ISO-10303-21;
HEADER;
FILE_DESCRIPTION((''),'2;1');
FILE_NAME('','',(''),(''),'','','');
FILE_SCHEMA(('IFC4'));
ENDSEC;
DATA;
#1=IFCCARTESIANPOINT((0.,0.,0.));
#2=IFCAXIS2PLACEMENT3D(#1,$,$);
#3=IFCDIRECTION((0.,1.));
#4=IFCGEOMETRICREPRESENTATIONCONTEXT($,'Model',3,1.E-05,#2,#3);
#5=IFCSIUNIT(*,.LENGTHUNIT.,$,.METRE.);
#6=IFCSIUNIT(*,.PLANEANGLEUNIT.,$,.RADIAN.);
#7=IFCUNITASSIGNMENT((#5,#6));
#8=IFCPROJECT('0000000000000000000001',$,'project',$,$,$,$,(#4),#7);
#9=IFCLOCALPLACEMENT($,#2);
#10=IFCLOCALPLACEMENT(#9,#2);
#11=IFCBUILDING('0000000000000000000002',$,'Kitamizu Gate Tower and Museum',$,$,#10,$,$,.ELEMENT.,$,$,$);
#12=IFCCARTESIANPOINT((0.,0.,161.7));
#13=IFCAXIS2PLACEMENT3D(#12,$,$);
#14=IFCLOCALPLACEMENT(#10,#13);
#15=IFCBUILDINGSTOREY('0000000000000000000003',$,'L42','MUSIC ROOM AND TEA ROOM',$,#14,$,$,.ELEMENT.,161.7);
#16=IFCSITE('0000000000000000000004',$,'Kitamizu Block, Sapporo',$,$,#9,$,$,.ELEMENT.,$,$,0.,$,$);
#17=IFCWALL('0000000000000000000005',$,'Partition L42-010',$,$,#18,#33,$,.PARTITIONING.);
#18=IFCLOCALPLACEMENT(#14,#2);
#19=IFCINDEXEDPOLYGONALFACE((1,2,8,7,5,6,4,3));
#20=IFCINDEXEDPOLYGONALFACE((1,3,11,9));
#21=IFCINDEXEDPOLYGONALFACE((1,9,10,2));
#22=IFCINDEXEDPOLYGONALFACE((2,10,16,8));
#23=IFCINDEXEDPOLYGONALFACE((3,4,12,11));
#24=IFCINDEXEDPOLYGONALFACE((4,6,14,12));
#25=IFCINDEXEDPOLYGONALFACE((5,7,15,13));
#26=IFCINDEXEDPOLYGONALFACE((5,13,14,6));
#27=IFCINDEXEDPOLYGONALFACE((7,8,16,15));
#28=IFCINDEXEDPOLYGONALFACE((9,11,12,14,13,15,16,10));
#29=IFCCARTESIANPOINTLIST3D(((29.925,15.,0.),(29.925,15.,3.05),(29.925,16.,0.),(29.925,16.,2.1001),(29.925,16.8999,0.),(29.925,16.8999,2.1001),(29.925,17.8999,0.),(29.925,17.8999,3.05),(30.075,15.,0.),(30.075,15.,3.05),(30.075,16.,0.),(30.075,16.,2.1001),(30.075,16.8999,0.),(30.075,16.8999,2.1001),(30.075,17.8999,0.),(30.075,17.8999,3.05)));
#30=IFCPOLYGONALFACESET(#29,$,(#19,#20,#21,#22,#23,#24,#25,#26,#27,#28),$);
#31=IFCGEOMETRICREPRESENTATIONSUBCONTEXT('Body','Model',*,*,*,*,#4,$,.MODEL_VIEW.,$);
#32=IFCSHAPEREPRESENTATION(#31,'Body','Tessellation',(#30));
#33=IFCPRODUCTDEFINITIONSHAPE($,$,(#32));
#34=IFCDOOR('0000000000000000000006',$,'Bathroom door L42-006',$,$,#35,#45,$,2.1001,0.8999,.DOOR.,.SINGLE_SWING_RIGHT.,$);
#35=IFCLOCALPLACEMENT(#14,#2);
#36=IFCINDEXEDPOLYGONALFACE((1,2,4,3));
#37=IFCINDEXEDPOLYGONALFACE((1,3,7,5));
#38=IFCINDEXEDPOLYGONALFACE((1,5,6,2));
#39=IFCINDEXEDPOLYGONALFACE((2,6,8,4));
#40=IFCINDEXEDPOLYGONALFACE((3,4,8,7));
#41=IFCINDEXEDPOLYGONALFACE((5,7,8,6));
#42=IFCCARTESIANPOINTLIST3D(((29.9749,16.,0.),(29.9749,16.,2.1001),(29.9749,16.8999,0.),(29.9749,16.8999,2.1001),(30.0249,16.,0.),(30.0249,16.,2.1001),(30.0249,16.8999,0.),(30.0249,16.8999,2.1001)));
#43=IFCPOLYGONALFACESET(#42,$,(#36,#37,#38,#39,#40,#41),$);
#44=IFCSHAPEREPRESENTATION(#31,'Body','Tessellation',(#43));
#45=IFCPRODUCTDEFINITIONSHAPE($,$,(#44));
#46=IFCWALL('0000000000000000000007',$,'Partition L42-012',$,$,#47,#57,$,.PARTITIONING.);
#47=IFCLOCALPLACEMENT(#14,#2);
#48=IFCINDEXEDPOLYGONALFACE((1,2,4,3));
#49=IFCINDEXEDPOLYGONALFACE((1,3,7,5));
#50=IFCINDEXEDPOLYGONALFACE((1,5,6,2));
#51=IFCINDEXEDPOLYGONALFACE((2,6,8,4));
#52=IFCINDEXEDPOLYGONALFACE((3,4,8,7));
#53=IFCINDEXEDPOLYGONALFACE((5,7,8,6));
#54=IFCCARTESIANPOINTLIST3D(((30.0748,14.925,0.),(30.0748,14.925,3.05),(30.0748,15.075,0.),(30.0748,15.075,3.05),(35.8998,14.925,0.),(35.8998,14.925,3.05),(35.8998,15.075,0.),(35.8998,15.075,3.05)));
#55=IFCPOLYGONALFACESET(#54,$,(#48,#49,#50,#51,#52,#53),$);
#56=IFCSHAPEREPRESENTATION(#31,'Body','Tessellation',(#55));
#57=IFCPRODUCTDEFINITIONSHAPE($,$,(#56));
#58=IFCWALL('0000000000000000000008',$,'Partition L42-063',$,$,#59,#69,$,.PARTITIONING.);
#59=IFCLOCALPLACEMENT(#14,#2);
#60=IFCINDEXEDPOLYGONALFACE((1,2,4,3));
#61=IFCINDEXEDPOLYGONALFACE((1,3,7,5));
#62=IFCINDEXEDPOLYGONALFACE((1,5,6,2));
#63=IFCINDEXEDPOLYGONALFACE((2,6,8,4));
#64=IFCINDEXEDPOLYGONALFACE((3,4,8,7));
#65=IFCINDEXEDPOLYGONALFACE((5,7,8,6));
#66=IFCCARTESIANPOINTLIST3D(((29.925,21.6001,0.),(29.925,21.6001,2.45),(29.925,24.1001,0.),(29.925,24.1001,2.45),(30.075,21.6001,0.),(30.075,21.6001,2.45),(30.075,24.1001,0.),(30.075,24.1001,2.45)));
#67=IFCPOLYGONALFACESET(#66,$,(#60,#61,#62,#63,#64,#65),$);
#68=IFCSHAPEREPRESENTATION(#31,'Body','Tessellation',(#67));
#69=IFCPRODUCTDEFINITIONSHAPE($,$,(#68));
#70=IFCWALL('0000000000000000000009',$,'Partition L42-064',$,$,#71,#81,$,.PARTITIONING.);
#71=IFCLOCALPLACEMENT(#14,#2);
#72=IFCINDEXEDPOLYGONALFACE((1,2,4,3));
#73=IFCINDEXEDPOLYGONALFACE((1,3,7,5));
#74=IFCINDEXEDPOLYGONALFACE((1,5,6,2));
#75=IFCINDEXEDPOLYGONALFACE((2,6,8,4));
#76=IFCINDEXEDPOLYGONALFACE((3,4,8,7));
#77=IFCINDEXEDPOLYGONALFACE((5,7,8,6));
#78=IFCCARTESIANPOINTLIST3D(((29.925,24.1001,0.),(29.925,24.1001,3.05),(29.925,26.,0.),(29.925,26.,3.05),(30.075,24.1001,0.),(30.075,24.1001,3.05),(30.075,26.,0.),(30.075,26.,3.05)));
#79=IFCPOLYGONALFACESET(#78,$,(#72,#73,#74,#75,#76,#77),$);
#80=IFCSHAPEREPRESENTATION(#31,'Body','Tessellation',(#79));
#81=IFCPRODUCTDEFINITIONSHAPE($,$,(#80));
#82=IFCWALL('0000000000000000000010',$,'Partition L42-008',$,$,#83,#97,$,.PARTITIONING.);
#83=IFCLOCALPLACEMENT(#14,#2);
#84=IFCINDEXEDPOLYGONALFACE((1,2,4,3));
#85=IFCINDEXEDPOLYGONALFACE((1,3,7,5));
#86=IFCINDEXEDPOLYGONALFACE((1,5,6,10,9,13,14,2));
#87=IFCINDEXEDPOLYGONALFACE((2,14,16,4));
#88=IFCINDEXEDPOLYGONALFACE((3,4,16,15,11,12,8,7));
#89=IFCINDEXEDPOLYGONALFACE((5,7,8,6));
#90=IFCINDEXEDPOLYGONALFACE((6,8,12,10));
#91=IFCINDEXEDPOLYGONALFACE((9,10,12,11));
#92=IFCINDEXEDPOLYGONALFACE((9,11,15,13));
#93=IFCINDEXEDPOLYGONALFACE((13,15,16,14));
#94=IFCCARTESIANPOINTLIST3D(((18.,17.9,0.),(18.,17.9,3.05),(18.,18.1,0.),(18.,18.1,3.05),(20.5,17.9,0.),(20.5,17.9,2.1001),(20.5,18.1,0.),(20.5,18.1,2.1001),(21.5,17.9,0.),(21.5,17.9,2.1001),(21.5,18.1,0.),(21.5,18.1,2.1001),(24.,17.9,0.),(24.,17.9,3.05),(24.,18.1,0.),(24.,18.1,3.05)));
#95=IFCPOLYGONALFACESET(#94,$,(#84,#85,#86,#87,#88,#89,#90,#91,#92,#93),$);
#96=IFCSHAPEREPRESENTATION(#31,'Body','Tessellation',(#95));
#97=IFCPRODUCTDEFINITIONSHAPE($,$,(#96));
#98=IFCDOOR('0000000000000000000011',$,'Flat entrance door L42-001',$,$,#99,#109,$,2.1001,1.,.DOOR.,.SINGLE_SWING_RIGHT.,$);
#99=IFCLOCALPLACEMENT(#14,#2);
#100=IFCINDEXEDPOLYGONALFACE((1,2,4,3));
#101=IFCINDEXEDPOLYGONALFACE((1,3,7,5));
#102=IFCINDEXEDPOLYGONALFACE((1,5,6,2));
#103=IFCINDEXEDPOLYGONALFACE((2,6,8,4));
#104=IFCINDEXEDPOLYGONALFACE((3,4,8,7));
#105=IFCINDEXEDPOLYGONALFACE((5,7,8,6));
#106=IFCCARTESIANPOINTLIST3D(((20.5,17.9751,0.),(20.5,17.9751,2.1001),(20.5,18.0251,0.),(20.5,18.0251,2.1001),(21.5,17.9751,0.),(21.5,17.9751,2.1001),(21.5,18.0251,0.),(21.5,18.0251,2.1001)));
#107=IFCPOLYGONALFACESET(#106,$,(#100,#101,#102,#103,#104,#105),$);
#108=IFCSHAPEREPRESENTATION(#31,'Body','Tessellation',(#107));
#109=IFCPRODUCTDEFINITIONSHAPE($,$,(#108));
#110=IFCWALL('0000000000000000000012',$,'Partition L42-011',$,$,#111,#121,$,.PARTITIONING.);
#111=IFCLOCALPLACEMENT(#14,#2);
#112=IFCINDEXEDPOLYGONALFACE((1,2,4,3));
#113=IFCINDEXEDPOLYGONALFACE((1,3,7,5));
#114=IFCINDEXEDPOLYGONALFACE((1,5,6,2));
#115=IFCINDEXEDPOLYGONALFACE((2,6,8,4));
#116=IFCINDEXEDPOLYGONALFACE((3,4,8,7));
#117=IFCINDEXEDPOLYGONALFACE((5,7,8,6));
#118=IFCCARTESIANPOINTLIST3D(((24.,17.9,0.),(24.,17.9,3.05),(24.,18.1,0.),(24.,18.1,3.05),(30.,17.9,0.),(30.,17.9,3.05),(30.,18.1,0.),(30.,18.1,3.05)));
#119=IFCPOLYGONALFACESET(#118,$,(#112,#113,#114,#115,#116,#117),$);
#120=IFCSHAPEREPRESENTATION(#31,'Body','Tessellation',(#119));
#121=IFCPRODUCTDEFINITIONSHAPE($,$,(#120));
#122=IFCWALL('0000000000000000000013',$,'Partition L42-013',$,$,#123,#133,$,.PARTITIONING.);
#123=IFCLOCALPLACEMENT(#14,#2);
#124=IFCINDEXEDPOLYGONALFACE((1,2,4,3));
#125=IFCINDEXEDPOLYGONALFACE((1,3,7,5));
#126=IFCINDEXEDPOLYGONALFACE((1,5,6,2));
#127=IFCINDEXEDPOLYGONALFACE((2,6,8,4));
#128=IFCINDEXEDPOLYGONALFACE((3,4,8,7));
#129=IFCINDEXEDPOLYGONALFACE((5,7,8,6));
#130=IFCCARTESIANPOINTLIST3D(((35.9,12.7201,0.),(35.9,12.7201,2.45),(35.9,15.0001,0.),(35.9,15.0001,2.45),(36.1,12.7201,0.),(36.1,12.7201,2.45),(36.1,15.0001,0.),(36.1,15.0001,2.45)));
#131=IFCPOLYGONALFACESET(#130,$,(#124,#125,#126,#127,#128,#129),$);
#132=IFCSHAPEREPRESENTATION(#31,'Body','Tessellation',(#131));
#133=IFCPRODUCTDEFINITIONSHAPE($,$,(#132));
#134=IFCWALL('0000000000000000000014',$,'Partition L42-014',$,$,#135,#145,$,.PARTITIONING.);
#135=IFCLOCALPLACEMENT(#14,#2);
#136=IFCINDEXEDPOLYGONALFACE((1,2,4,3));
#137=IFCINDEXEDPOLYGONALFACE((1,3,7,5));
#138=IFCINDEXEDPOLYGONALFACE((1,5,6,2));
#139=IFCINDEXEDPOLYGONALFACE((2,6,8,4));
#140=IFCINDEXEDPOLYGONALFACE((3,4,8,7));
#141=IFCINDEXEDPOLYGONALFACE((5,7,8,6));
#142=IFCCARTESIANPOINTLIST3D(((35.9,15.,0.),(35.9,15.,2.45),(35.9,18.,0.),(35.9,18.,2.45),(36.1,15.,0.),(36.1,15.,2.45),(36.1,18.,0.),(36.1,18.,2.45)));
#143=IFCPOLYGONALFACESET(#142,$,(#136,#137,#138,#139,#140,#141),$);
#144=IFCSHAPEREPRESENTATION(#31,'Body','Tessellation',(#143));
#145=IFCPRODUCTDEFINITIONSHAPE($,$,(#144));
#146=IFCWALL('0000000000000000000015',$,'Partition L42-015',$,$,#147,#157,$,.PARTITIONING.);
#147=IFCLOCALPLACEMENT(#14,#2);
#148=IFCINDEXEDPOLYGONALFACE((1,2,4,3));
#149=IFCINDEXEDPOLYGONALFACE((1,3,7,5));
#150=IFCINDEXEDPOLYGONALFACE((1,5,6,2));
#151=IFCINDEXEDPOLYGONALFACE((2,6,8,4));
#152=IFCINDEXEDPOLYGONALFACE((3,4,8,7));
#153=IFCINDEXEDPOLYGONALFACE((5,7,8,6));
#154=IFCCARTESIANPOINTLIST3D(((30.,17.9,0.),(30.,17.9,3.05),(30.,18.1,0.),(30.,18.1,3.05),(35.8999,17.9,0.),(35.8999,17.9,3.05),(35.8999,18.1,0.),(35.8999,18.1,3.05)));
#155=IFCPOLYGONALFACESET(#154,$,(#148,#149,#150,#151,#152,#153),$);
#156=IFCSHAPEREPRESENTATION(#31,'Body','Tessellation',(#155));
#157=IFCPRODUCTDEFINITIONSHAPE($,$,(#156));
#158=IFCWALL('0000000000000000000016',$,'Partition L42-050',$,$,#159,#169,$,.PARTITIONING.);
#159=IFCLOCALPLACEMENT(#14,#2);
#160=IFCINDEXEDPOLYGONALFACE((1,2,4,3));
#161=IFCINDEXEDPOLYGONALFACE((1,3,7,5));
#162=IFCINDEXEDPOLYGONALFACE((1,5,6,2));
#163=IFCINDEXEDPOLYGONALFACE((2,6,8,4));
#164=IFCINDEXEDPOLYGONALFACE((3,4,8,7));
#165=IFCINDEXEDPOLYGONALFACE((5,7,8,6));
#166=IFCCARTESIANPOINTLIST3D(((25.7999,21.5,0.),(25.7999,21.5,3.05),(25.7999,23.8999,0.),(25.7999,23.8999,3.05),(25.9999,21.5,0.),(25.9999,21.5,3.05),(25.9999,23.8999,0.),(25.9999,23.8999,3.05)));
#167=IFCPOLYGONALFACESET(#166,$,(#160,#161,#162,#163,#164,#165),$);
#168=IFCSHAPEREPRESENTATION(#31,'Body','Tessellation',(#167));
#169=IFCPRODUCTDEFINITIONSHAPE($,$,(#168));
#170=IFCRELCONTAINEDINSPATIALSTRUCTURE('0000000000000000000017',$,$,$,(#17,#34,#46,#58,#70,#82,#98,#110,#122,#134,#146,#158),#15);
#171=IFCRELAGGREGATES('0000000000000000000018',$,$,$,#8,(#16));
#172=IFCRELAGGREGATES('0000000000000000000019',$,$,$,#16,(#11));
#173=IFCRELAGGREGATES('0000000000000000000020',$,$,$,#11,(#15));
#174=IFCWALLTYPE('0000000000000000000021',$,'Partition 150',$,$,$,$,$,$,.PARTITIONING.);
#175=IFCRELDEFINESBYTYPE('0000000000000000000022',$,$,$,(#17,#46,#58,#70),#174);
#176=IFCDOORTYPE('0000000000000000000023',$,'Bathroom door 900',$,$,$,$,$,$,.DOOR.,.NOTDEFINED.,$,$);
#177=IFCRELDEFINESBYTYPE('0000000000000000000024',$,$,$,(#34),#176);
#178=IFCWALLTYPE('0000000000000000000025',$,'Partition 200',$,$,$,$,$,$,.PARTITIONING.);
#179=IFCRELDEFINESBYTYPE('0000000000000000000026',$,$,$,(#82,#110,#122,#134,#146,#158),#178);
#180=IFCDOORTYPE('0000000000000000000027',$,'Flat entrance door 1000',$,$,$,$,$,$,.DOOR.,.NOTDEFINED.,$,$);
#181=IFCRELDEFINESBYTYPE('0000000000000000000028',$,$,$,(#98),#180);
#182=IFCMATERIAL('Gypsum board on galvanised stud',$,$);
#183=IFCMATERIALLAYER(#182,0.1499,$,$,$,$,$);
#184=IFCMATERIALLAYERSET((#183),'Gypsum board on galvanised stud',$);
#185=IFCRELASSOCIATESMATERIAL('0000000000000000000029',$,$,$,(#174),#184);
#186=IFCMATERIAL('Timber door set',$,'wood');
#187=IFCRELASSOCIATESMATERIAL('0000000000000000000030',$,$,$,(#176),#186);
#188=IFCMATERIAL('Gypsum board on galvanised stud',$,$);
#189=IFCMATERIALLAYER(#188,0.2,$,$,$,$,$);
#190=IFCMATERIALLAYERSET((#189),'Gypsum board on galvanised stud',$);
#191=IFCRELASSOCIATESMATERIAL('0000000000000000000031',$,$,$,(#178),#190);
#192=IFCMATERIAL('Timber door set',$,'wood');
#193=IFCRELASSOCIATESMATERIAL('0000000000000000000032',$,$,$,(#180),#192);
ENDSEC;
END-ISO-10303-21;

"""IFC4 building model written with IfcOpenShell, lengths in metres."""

from ifc_helpers import new_model, si_unit, direction, frame, frame_2d, origin, place, context, subcontext, project, spatial, rectangle, extrude, material, layer, layer_set, type_object, element, fill, save


model = new_model("IFC4")

# Units and contexts
model_context = context("Model", 3, precision=1e-05, world=origin(), true_north=direction((0.0, 1.0)))
body_context = subcontext(model_context, "Body", "Model", "MODEL_VIEW")
ifc_project = project(units=[si_unit("LENGTHUNIT", "METRE"), si_unit("PLANEANGLEUNIT", "RADIAN")], contexts=[model_context])

# Site, building, storey
site_placement = place(None, origin())
site = spatial("IfcSite", under=ifc_project, at=site_placement, Name="Kitamizu Block, Sapporo", CompositionType="ELEMENT", RefElevation=0.0)
building_placement = place(site_placement, origin())
building = spatial("IfcBuilding", under=site, at=building_placement, Name="Kitamizu Gate Tower and Museum", CompositionType="ELEMENT")
storey_placement = place(building_placement, frame((0.0, 0.0, 161.7)))
storey = spatial("IfcBuildingStorey", under=building, at=storey_placement, Name="L42", Description="MUSIC ROOM AND TEA ROOM", CompositionType="ELEMENT", Elevation=161.7)

# Wall, opening, door
ifc_material_1 = material(Name="Gypsum board on galvanised stud")
ifc_layer_1 = layer(ifc_material_1, 0.1499)
ifc_layer_set_1 = layer_set([ifc_layer_1], Name="Gypsum board on galvanised stud")
wall_type_1 = type_object("IfcWallType", Name="Partition 150", PredefinedType="PARTITIONING", material=ifc_layer_set_1)
ifc_material_2 = material(Name="Timber door set", Category="wood")
door_type_1 = type_object("IfcDoorType", Name="Bathroom door 900", OperationType="NOTDEFINED", PredefinedType="DOOR", material=ifc_material_2)
wall_1_placement = place(storey_placement, frame((30.0, 15.0, 0.0), z_axis=(0.0, 0.0, 1.0), x_axis=(0.0, 1.0, 0.0)))
wall_1 = element("IfcWall", 1, at=wall_1_placement, inside=storey, type_object=wall_type_1, Name="Partition L42-010", PredefinedType="PARTITIONING", context=body_context, shape_type="SweptSolid", body=[
    extrude(rectangle(XDim=2.8999, YDim=0.1499, at=frame_2d((1.45, 0.0))), origin(), (0.0, 0.0, 1.0), 3.05),
])
opening_1_placement = place(wall_1_placement, frame((1.0, 0.0, 0.0)))
opening_1 = element("IfcOpeningElement", 2, at=opening_1_placement, cuts=wall_1, PredefinedType="OPENING", context=body_context, shape_type="SweptSolid", body=[
    extrude(rectangle(XDim=0.8999, YDim=2.1001, at=frame_2d((0.45, 1.05))), frame((0.0, 0.085, 0.0), z_axis=(0.0, -1.0, 0.0), x_axis=(1.0, 0.0, 0.0)), (0.0, 0.0, 1.0), 0.1699),
])
door_1_placement = place(opening_1_placement, frame((0.8999, 0.0, 0.0), x_axis=(-1.0, 0.0, 0.0)))
door_1 = element("IfcDoor", 3, at=door_1_placement, inside=storey, type_object=door_type_1, Name="Bathroom door L42-006", OperationType="SINGLE_SWING_RIGHT", OverallHeight=2.1001, OverallWidth=0.8999, PredefinedType="DOOR", context=body_context, shape_type="SweptSolid", body=[
    extrude(rectangle(XDim=0.8999, YDim=2.1001, at=frame_2d((0.45, 1.05))), frame((0.0, 0.0249, 0.0), z_axis=(0.0, -1.0, 0.0), x_axis=(1.0, 0.0, 0.0)), (0.0, 0.0, 1.0), 0.05),
])
fill(opening_1, door_1)

# Walls
wall_2_placement = place(storey_placement, frame((35.8999, 15.0, 0.0), z_axis=(0.0, 0.0, 1.0), x_axis=(-1.0, 0.0, 0.0)))
element("IfcWall", 4, at=wall_2_placement, inside=storey, type_object=wall_type_1, Name="Partition L42-012", PredefinedType="PARTITIONING", context=body_context, shape_type="SweptSolid", body=[
    extrude(rectangle(XDim=5.825, YDim=0.1499, at=frame_2d((2.9126, 0.0))), origin(), (0.0, 0.0, 1.0), 3.05),
])
wall_3_placement = place(storey_placement, frame((30.0, 21.6001, 0.0), z_axis=(0.0, 0.0, 1.0), x_axis=(0.0, 1.0, 0.0)))
element("IfcWall", 5, at=wall_3_placement, inside=storey, type_object=wall_type_1, Name="Partition L42-063", PredefinedType="PARTITIONING", context=body_context, shape_type="SweptSolid", body=[
    extrude(rectangle(XDim=2.5, YDim=0.1499, at=frame_2d((1.25, 0.0))), origin(), (0.0, 0.0, 1.0), 2.45),
])
wall_4_placement = place(storey_placement, frame((30.0, 24.1001, 0.0), z_axis=(0.0, 0.0, 1.0), x_axis=(0.0, 1.0, 0.0)))
element("IfcWall", 6, at=wall_4_placement, inside=storey, type_object=wall_type_1, Name="Partition L42-064", PredefinedType="PARTITIONING", context=body_context, shape_type="SweptSolid", body=[
    extrude(rectangle(XDim=1.8999, YDim=0.1499, at=frame_2d((0.95, 0.0))), origin(), (0.0, 0.0, 1.0), 3.05),
])

# Wall, opening, door
ifc_material_3 = material(Name="Gypsum board on galvanised stud")
ifc_layer_2 = layer(ifc_material_3, 0.2)
ifc_layer_set_2 = layer_set([ifc_layer_2], Name="Gypsum board on galvanised stud")
wall_type_2 = type_object("IfcWallType", Name="Partition 200", PredefinedType="PARTITIONING", material=ifc_layer_set_2)
wall_5_placement = place(storey_placement, frame((24.0, 18.0, 0.0), z_axis=(0.0, 0.0, 1.0), x_axis=(-1.0, 0.0, 0.0)))
wall_5 = element("IfcWall", 7, at=wall_5_placement, inside=storey, type_object=wall_type_2, Name="Partition L42-008", PredefinedType="PARTITIONING", context=body_context, shape_type="SweptSolid", body=[
    extrude(rectangle(XDim=6.0, YDim=0.2, at=frame_2d((3.0, 0.0))), origin(), (0.0, 0.0, 1.0), 3.05),
])
opening_2_placement = place(wall_5_placement, frame((2.5, 0.0, 0.0)))
opening_2 = element("IfcOpeningElement", 8, at=opening_2_placement, cuts=wall_5, PredefinedType="OPENING", context=body_context, shape_type="SweptSolid", body=[
    extrude(rectangle(XDim=1.0, YDim=2.1001, at=frame_2d((0.5, 1.05))), frame((0.0, 0.1099, 0.0), z_axis=(0.0, -1.0, 0.0), x_axis=(1.0, 0.0, 0.0)), (0.0, 0.0, 1.0), 0.22),
])
ifc_material_4 = material(Name="Timber door set", Category="wood")
door_type_2 = type_object("IfcDoorType", Name="Flat entrance door 1000", OperationType="NOTDEFINED", PredefinedType="DOOR", material=ifc_material_4)
door_2_placement = place(opening_2_placement, origin())
door_2 = element("IfcDoor", 9, at=door_2_placement, inside=storey, type_object=door_type_2, Name="Flat entrance door L42-001", OperationType="SINGLE_SWING_RIGHT", OverallHeight=2.1001, OverallWidth=1.0, PredefinedType="DOOR", context=body_context, shape_type="SweptSolid", body=[
    extrude(rectangle(XDim=1.0, YDim=2.1001, at=frame_2d((0.5, 1.05))), frame((0.0, 0.0249, 0.0), z_axis=(0.0, -1.0, 0.0), x_axis=(1.0, 0.0, 0.0)), (0.0, 0.0, 1.0), 0.05),
])
fill(opening_2, door_2)

# Walls
wall_6_placement = place(storey_placement, frame((30.0, 18.0, 0.0), z_axis=(0.0, 0.0, 1.0), x_axis=(-1.0, 0.0, 0.0)))
element("IfcWall", 10, at=wall_6_placement, inside=storey, type_object=wall_type_2, Name="Partition L42-011", PredefinedType="PARTITIONING", context=body_context, shape_type="SweptSolid", body=[
    extrude(rectangle(XDim=6.0, YDim=0.2, at=frame_2d((3.0, 0.0))), origin(), (0.0, 0.0, 1.0), 3.05),
])
wall_7_placement = place(storey_placement, frame((36.0, 12.72, 0.0), z_axis=(0.0, 0.0, 1.0), x_axis=(0.0, 1.0, 0.0)))
element("IfcWall", 11, at=wall_7_placement, inside=storey, type_object=wall_type_2, Name="Partition L42-013", PredefinedType="PARTITIONING", context=body_context, shape_type="SweptSolid", body=[
    extrude(rectangle(XDim=2.28, YDim=0.2, at=frame_2d((1.1401, 0.0))), origin(), (0.0, 0.0, 1.0), 2.45),
])
wall_8_placement = place(storey_placement, frame((36.0, 15.0, 0.0), z_axis=(0.0, 0.0, 1.0), x_axis=(0.0, 1.0, 0.0)))
element("IfcWall", 12, at=wall_8_placement, inside=storey, type_object=wall_type_2, Name="Partition L42-014", PredefinedType="PARTITIONING", context=body_context, shape_type="SweptSolid", body=[
    extrude(rectangle(XDim=3.0, YDim=0.2, at=frame_2d((1.5, 0.0))), origin(), (0.0, 0.0, 1.0), 2.45),
])
wall_9_placement = place(storey_placement, frame((35.8999, 18.0, 0.0), z_axis=(0.0, 0.0, 1.0), x_axis=(-1.0, 0.0, 0.0)))
element("IfcWall", 13, at=wall_9_placement, inside=storey, type_object=wall_type_2, Name="Partition L42-015", PredefinedType="PARTITIONING", context=body_context, shape_type="SweptSolid", body=[
    extrude(rectangle(XDim=5.8999, YDim=0.2, at=frame_2d((2.95, 0.0))), origin(), (0.0, 0.0, 1.0), 3.05),
])
wall_10_placement = place(storey_placement, frame((25.8999, 23.8999, 0.0), z_axis=(0.0, 0.0, 1.0), x_axis=(0.0, -1.0, 0.0)))
element("IfcWall", 14, at=wall_10_placement, inside=storey, type_object=wall_type_2, Name="Partition L42-050", PredefinedType="PARTITIONING", context=body_context, shape_type="SweptSolid", body=[
    extrude(rectangle(XDim=2.3999, YDim=0.2, at=frame_2d((1.2, 0.0))), origin(), (0.0, 0.0, 1.0), 3.05),
])

save(model, "model.ifc")
